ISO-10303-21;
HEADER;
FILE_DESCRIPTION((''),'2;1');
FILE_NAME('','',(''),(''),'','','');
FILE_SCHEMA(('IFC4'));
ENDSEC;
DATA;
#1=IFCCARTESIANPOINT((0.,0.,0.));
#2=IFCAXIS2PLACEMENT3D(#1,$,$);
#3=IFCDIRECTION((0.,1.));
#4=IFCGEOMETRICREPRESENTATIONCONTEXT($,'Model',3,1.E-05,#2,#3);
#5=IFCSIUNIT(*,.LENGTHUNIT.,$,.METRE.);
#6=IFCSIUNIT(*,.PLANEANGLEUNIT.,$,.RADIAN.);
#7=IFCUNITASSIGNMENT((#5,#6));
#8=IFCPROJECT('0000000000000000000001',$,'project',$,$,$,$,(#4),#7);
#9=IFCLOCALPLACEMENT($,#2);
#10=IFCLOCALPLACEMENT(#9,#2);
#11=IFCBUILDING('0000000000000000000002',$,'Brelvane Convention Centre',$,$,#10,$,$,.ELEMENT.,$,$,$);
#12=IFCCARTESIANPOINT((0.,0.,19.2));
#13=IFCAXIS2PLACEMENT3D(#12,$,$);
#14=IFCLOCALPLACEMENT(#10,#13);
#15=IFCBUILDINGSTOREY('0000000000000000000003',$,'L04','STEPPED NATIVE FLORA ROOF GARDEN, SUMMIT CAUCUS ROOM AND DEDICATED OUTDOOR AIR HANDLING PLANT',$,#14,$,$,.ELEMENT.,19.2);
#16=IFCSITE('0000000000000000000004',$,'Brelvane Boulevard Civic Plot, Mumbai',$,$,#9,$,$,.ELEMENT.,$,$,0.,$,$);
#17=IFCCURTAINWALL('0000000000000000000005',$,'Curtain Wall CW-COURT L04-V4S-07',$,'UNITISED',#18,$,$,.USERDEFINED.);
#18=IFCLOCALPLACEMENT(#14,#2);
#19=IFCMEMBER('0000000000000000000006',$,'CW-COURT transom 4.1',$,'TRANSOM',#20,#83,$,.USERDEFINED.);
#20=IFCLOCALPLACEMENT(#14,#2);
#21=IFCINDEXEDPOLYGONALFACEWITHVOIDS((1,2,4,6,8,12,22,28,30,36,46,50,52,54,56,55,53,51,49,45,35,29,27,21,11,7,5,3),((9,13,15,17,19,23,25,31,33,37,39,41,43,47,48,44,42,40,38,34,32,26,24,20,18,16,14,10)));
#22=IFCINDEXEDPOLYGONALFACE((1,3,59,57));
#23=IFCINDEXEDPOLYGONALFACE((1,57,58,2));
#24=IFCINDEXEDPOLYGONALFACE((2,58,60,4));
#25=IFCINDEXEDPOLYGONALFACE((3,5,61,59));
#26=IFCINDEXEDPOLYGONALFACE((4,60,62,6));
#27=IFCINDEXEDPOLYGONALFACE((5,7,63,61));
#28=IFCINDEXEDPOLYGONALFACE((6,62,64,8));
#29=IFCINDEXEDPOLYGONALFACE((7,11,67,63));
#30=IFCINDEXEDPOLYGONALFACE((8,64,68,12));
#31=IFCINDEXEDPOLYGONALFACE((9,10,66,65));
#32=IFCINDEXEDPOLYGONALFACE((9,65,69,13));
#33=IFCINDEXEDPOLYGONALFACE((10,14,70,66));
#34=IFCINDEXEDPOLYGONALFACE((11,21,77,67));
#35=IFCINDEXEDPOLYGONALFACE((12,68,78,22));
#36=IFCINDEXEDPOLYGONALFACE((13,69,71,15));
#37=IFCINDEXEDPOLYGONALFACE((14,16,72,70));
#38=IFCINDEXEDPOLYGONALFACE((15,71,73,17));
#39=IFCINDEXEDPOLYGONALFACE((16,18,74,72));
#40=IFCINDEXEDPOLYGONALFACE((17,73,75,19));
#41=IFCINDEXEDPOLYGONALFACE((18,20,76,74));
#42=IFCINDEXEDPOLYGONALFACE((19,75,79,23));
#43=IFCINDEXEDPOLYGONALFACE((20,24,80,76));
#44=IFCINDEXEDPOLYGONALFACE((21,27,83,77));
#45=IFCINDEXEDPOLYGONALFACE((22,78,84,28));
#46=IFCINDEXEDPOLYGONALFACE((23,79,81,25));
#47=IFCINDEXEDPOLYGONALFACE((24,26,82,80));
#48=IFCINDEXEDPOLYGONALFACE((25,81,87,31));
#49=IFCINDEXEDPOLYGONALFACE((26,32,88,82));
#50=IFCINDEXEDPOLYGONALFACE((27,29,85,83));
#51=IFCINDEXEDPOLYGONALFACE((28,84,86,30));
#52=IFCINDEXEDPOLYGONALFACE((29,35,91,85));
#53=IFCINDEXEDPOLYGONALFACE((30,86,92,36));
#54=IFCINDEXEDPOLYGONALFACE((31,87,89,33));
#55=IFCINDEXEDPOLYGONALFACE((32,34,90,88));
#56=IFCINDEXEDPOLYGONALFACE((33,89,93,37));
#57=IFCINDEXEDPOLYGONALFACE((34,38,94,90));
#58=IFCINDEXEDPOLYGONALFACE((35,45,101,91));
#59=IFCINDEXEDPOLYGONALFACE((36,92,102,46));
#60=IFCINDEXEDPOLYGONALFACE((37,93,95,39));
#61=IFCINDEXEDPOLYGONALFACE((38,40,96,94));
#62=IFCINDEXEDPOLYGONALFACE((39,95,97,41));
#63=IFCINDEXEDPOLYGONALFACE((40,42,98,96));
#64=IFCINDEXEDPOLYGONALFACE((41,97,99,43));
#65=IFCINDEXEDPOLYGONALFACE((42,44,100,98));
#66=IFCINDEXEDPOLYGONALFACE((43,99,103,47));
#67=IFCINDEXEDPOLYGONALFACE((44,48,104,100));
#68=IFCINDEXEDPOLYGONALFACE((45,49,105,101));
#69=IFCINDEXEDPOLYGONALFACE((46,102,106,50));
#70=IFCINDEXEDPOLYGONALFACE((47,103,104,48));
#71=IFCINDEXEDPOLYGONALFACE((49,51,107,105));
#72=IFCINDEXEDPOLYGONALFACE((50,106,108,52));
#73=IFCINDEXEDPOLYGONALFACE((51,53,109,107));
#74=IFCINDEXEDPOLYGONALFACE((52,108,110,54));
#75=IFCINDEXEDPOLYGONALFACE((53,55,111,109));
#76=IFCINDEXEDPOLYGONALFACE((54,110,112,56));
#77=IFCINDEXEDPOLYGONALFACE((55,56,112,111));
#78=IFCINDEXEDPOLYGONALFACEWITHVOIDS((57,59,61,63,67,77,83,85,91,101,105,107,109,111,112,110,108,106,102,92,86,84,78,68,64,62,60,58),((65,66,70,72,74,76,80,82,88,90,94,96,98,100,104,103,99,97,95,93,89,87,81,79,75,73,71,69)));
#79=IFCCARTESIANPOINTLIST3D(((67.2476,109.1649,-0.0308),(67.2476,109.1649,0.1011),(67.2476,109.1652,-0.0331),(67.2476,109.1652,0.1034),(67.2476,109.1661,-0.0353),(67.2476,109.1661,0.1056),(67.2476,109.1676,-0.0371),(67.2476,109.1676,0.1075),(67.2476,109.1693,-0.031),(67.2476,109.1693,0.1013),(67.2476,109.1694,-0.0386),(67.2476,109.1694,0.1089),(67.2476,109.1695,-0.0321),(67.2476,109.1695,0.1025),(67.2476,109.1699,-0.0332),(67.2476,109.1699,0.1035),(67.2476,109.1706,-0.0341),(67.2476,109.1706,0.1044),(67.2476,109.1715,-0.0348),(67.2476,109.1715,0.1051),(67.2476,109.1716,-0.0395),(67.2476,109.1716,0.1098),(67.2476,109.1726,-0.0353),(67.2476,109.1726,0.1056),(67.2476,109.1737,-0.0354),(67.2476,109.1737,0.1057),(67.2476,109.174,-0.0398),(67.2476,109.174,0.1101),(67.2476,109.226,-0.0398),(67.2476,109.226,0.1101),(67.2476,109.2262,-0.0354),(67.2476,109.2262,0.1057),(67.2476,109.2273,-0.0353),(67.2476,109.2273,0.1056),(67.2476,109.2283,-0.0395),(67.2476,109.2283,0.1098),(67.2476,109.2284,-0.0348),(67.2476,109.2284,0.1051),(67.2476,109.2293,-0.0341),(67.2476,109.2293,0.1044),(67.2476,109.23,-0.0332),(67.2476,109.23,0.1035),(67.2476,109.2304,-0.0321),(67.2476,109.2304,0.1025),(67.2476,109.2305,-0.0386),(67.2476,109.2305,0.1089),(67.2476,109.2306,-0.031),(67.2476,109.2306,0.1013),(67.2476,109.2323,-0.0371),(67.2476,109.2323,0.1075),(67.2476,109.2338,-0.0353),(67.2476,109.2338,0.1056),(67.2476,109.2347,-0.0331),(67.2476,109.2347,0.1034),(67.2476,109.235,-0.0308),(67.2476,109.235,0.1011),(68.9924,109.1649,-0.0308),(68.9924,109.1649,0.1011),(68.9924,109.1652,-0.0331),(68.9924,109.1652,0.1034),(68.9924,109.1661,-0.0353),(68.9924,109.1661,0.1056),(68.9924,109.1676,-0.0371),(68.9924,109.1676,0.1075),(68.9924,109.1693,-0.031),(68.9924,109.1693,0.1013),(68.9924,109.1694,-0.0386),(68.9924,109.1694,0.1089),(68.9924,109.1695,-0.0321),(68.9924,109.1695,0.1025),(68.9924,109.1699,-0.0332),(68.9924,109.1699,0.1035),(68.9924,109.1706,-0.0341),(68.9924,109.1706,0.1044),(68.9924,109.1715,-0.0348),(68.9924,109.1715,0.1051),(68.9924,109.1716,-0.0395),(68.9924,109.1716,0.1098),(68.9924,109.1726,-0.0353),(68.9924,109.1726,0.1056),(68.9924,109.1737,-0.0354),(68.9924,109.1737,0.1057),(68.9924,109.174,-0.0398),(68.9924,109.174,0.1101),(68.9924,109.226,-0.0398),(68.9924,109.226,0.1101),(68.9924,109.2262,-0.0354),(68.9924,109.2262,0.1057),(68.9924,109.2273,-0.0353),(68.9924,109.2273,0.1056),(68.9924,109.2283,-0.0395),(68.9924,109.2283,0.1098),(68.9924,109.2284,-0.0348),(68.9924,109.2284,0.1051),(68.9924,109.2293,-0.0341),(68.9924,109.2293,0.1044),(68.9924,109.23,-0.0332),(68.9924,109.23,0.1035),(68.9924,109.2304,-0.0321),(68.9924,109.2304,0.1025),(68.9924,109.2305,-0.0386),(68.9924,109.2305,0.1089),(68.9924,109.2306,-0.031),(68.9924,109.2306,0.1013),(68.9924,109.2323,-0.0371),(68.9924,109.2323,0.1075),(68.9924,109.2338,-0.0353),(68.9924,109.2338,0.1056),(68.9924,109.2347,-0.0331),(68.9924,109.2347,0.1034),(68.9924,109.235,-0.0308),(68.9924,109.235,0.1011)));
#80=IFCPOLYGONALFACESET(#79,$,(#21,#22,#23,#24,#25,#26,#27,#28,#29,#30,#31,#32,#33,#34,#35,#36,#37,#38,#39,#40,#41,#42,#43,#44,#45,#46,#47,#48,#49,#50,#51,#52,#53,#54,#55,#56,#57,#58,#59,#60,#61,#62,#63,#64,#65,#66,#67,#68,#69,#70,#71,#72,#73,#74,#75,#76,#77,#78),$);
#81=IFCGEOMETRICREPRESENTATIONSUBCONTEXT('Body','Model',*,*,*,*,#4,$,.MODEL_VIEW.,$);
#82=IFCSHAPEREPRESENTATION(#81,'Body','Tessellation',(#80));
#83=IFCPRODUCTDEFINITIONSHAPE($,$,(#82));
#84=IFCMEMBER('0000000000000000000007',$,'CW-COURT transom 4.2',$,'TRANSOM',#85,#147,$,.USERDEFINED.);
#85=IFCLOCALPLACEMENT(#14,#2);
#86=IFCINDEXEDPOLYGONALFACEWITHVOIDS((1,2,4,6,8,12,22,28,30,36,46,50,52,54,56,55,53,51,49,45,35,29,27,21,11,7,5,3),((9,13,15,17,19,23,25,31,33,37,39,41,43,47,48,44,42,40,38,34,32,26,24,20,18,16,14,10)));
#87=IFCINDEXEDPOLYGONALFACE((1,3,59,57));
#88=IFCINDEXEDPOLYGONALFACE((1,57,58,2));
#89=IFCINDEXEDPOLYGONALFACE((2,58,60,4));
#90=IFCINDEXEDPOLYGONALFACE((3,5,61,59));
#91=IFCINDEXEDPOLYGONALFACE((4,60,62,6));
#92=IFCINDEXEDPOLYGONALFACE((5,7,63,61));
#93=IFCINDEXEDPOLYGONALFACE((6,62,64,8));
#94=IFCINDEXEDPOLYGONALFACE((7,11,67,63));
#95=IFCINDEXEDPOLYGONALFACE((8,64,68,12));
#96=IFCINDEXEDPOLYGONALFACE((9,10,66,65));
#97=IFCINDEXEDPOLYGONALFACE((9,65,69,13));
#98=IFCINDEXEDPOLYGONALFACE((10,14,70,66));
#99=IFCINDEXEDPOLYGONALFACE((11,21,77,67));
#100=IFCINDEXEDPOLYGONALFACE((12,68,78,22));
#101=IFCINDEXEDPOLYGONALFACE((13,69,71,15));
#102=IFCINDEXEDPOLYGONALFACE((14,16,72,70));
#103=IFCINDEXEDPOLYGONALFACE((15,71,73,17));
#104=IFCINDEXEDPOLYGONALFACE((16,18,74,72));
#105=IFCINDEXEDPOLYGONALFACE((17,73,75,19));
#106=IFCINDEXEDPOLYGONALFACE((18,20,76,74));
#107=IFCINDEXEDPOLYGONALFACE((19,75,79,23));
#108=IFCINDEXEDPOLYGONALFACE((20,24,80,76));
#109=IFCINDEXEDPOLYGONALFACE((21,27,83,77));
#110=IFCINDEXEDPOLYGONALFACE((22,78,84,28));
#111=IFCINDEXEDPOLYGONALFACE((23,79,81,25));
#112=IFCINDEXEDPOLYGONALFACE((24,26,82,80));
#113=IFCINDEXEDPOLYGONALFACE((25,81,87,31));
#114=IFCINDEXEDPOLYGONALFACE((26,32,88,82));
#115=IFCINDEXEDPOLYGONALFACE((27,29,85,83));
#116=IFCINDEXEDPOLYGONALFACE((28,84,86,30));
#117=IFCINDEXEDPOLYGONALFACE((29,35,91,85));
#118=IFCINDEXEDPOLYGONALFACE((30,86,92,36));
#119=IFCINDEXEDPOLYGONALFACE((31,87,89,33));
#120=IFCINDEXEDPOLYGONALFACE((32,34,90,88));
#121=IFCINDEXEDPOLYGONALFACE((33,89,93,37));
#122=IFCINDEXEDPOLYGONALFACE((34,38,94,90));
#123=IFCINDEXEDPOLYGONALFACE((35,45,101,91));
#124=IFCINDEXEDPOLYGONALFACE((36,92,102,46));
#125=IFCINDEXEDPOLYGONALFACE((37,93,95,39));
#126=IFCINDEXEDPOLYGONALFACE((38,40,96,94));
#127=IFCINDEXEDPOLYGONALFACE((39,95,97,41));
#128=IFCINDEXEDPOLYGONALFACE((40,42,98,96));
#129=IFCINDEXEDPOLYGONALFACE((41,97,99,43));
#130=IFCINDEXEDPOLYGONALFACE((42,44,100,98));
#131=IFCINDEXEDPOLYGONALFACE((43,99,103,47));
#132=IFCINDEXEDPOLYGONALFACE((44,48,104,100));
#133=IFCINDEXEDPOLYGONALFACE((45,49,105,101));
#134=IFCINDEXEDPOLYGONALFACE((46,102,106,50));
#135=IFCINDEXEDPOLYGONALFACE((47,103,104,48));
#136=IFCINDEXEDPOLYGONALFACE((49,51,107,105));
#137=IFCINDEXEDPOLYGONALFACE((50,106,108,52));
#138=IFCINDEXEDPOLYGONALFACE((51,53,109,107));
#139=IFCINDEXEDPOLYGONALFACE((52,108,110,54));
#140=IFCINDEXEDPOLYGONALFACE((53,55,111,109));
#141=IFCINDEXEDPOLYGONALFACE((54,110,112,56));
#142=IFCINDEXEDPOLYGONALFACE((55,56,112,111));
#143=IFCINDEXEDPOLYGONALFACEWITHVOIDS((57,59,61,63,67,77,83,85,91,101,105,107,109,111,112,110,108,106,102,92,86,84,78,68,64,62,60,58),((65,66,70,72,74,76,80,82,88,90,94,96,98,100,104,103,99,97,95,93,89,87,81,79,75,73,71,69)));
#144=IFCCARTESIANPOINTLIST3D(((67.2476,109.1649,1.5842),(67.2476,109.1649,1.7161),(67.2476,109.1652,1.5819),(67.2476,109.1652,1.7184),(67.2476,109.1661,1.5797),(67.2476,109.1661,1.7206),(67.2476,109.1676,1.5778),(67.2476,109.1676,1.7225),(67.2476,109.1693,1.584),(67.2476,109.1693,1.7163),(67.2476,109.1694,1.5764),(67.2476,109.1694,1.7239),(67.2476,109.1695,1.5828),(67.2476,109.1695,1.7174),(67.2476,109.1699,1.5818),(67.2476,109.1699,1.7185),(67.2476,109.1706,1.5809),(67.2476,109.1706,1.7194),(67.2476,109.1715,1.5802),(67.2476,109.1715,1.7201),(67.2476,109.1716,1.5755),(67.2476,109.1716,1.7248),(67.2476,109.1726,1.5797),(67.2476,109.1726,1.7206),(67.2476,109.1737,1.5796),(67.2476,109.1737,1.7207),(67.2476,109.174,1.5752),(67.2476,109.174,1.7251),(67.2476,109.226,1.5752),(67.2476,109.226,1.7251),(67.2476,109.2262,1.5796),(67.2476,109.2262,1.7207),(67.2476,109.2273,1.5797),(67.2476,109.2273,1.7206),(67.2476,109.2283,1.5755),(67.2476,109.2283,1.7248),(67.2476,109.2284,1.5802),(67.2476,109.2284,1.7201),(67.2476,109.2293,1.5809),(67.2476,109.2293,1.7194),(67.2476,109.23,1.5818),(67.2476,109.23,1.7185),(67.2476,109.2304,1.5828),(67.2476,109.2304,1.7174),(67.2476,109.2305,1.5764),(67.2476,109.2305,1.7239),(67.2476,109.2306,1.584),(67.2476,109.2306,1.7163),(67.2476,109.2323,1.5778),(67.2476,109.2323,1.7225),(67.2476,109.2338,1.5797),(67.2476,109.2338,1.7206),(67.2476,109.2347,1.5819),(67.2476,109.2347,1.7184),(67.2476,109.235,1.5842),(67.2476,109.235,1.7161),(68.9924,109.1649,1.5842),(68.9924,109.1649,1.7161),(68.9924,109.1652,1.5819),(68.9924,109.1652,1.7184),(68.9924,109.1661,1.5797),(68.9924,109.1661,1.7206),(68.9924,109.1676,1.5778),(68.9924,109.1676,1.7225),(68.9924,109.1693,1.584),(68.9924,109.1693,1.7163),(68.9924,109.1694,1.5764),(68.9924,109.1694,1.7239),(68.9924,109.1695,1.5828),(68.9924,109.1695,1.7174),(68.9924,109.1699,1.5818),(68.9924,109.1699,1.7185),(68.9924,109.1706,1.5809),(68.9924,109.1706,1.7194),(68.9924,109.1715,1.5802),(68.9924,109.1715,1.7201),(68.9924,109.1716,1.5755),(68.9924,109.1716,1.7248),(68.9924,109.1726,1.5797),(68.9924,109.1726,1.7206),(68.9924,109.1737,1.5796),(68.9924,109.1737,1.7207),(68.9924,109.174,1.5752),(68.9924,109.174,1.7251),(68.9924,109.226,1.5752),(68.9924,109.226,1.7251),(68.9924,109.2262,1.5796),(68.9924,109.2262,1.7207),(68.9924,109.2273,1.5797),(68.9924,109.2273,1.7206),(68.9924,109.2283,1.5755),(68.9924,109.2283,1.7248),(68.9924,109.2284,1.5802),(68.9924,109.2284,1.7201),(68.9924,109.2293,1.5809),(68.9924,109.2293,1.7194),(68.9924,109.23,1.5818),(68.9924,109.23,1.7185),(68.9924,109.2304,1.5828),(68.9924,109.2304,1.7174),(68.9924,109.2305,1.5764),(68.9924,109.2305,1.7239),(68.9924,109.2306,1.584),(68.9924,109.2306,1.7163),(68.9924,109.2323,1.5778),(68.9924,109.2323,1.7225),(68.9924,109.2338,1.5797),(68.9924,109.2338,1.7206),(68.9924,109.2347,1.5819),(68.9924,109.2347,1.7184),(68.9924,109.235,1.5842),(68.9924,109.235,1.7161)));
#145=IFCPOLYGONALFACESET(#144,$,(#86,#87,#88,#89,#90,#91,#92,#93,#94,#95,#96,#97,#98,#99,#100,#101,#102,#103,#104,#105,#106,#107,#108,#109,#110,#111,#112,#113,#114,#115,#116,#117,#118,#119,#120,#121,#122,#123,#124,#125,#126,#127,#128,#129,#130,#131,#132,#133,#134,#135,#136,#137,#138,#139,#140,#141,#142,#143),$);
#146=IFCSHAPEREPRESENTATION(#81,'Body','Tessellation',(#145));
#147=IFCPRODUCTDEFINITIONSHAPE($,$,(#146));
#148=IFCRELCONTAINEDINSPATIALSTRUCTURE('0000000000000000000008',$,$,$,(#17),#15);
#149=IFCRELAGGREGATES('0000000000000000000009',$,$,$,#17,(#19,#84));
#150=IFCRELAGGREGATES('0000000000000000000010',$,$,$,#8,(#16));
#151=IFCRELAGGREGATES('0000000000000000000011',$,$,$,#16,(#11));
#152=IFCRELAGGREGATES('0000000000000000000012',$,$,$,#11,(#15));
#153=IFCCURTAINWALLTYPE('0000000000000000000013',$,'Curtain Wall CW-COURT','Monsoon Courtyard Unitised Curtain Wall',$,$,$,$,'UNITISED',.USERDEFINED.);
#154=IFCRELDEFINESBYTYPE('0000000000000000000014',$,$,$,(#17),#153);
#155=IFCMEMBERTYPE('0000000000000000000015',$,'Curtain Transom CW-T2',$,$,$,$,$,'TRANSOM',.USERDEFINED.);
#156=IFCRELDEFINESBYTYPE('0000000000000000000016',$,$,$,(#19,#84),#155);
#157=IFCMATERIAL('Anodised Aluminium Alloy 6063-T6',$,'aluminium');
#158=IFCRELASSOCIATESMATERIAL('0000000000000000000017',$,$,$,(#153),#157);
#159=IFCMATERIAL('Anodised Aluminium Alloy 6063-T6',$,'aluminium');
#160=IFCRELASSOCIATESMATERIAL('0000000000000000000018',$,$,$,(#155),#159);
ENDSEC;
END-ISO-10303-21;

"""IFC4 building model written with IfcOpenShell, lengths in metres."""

from ifc_helpers import new_model, si_unit, direction, frame, origin, origin_2d, place, context, subcontext, project, spatial, hollow_rectangle, extrude, material, material_profile, profile_set, type_object, element, aggregate, save


model = new_model("IFC4")

# Units and contexts
model_context = context("Model", 3, precision=1e-05, world=origin(), true_north=direction((0.0, 1.0)))
body_context = subcontext(model_context, "Body", "Model", "MODEL_VIEW")
ifc_project = project(units=[si_unit("LENGTHUNIT", "METRE"), si_unit("PLANEANGLEUNIT", "RADIAN")], contexts=[model_context])

# Site, building, storey
site_placement = place(None, origin())
site = spatial("IfcSite", under=ifc_project, at=site_placement, Name="Brelvane Boulevard Civic Plot, Mumbai", CompositionType="ELEMENT", RefElevation=0.0)
building_placement = place(site_placement, origin())
building = spatial("IfcBuilding", under=site, at=building_placement, Name="Brelvane Convention Centre", CompositionType="ELEMENT")
storey_placement = place(building_placement, frame((0.0, 0.0, 19.2)))
storey = spatial("IfcBuildingStorey", under=building, at=storey_placement, Name="L04", Description="STEPPED NATIVE FLORA ROOF GARDEN, SUMMIT CAUCUS ROOM AND DEDICATED OUTDOOR AIR HANDLING PLANT", CompositionType="ELEMENT", Elevation=19.2)

# Curtain wall, members
ifc_material_1 = material(Name="Anodised Aluminium Alloy 6063-T6", Category="aluminium")
curtain_wall_type = type_object("IfcCurtainWallType", Name="Curtain Wall CW-COURT", Description="Monsoon Courtyard Unitised Curtain Wall", ElementType="UNITISED", PredefinedType="USERDEFINED", material=ifc_material_1)
curtain_wall_placement = place(storey_placement, origin())
curtain_wall = element("IfcCurtainWall", 1, at=curtain_wall_placement, inside=storey, type_object=curtain_wall_type, Name="Curtain Wall CW-COURT L04-V4S-07", ObjectType="UNITISED", PredefinedType="USERDEFINED")
ifc_material_2 = material(Name="Anodised Aluminium Alloy 6063-T6", Category="aluminium")
ifc_material_profile_1 = material_profile(ifc_material_2, hollow_rectangle(XDim=0.0701, YDim=0.1499, WallThickness=0.0044, InnerFilletRadius=0.0044, OuterFilletRadius=0.009, at=origin_2d()), Name="ALU-T 150x70x4.5")
ifc_profile_set_1 = profile_set([ifc_material_profile_1], Name="Anodised Aluminium Alloy 6063-T6")
member_type_1 = type_object("IfcMemberType", Name="Curtain Transom CW-T2", ElementType="TRANSOM", PredefinedType="USERDEFINED", material=ifc_profile_set_1)
member_1_placement = place(storey_placement, frame((67.2476, 109.2, 0.0352), z_axis=(1.0, 0.0, 0.0), x_axis=(0.0, 1.0, 0.0)))
member_1 = element("IfcMember", 2, at=member_1_placement, type_object=member_type_1, Name="CW-COURT transom 4.1", ObjectType="TRANSOM", PredefinedType="USERDEFINED", context=body_context, shape_type="SweptSolid", body=[
    extrude(hollow_rectangle(XDim=0.0701, YDim=0.1499, WallThickness=0.0044, InnerFilletRadius=0.0044, OuterFilletRadius=0.009, at=origin_2d()), origin(), (0.0, 0.0, 1.0), 1.7449),
])
member_2_placement = place(storey_placement, frame((67.2476, 109.2, 1.6501), z_axis=(1.0, 0.0, 0.0), x_axis=(0.0, 1.0, 0.0)))
member_2 = element("IfcMember", 3, at=member_2_placement, type_object=member_type_1, Name="CW-COURT transom 4.2", ObjectType="TRANSOM", PredefinedType="USERDEFINED", context=body_context, shape_type="SweptSolid", body=[
    extrude(hollow_rectangle(XDim=0.0701, YDim=0.1499, WallThickness=0.0044, InnerFilletRadius=0.0044, OuterFilletRadius=0.009, at=origin_2d()), origin(), (0.0, 0.0, 1.0), 1.7449),
])

aggregate(curtain_wall, [member_1, member_2])

save(model, "model.ifc")
